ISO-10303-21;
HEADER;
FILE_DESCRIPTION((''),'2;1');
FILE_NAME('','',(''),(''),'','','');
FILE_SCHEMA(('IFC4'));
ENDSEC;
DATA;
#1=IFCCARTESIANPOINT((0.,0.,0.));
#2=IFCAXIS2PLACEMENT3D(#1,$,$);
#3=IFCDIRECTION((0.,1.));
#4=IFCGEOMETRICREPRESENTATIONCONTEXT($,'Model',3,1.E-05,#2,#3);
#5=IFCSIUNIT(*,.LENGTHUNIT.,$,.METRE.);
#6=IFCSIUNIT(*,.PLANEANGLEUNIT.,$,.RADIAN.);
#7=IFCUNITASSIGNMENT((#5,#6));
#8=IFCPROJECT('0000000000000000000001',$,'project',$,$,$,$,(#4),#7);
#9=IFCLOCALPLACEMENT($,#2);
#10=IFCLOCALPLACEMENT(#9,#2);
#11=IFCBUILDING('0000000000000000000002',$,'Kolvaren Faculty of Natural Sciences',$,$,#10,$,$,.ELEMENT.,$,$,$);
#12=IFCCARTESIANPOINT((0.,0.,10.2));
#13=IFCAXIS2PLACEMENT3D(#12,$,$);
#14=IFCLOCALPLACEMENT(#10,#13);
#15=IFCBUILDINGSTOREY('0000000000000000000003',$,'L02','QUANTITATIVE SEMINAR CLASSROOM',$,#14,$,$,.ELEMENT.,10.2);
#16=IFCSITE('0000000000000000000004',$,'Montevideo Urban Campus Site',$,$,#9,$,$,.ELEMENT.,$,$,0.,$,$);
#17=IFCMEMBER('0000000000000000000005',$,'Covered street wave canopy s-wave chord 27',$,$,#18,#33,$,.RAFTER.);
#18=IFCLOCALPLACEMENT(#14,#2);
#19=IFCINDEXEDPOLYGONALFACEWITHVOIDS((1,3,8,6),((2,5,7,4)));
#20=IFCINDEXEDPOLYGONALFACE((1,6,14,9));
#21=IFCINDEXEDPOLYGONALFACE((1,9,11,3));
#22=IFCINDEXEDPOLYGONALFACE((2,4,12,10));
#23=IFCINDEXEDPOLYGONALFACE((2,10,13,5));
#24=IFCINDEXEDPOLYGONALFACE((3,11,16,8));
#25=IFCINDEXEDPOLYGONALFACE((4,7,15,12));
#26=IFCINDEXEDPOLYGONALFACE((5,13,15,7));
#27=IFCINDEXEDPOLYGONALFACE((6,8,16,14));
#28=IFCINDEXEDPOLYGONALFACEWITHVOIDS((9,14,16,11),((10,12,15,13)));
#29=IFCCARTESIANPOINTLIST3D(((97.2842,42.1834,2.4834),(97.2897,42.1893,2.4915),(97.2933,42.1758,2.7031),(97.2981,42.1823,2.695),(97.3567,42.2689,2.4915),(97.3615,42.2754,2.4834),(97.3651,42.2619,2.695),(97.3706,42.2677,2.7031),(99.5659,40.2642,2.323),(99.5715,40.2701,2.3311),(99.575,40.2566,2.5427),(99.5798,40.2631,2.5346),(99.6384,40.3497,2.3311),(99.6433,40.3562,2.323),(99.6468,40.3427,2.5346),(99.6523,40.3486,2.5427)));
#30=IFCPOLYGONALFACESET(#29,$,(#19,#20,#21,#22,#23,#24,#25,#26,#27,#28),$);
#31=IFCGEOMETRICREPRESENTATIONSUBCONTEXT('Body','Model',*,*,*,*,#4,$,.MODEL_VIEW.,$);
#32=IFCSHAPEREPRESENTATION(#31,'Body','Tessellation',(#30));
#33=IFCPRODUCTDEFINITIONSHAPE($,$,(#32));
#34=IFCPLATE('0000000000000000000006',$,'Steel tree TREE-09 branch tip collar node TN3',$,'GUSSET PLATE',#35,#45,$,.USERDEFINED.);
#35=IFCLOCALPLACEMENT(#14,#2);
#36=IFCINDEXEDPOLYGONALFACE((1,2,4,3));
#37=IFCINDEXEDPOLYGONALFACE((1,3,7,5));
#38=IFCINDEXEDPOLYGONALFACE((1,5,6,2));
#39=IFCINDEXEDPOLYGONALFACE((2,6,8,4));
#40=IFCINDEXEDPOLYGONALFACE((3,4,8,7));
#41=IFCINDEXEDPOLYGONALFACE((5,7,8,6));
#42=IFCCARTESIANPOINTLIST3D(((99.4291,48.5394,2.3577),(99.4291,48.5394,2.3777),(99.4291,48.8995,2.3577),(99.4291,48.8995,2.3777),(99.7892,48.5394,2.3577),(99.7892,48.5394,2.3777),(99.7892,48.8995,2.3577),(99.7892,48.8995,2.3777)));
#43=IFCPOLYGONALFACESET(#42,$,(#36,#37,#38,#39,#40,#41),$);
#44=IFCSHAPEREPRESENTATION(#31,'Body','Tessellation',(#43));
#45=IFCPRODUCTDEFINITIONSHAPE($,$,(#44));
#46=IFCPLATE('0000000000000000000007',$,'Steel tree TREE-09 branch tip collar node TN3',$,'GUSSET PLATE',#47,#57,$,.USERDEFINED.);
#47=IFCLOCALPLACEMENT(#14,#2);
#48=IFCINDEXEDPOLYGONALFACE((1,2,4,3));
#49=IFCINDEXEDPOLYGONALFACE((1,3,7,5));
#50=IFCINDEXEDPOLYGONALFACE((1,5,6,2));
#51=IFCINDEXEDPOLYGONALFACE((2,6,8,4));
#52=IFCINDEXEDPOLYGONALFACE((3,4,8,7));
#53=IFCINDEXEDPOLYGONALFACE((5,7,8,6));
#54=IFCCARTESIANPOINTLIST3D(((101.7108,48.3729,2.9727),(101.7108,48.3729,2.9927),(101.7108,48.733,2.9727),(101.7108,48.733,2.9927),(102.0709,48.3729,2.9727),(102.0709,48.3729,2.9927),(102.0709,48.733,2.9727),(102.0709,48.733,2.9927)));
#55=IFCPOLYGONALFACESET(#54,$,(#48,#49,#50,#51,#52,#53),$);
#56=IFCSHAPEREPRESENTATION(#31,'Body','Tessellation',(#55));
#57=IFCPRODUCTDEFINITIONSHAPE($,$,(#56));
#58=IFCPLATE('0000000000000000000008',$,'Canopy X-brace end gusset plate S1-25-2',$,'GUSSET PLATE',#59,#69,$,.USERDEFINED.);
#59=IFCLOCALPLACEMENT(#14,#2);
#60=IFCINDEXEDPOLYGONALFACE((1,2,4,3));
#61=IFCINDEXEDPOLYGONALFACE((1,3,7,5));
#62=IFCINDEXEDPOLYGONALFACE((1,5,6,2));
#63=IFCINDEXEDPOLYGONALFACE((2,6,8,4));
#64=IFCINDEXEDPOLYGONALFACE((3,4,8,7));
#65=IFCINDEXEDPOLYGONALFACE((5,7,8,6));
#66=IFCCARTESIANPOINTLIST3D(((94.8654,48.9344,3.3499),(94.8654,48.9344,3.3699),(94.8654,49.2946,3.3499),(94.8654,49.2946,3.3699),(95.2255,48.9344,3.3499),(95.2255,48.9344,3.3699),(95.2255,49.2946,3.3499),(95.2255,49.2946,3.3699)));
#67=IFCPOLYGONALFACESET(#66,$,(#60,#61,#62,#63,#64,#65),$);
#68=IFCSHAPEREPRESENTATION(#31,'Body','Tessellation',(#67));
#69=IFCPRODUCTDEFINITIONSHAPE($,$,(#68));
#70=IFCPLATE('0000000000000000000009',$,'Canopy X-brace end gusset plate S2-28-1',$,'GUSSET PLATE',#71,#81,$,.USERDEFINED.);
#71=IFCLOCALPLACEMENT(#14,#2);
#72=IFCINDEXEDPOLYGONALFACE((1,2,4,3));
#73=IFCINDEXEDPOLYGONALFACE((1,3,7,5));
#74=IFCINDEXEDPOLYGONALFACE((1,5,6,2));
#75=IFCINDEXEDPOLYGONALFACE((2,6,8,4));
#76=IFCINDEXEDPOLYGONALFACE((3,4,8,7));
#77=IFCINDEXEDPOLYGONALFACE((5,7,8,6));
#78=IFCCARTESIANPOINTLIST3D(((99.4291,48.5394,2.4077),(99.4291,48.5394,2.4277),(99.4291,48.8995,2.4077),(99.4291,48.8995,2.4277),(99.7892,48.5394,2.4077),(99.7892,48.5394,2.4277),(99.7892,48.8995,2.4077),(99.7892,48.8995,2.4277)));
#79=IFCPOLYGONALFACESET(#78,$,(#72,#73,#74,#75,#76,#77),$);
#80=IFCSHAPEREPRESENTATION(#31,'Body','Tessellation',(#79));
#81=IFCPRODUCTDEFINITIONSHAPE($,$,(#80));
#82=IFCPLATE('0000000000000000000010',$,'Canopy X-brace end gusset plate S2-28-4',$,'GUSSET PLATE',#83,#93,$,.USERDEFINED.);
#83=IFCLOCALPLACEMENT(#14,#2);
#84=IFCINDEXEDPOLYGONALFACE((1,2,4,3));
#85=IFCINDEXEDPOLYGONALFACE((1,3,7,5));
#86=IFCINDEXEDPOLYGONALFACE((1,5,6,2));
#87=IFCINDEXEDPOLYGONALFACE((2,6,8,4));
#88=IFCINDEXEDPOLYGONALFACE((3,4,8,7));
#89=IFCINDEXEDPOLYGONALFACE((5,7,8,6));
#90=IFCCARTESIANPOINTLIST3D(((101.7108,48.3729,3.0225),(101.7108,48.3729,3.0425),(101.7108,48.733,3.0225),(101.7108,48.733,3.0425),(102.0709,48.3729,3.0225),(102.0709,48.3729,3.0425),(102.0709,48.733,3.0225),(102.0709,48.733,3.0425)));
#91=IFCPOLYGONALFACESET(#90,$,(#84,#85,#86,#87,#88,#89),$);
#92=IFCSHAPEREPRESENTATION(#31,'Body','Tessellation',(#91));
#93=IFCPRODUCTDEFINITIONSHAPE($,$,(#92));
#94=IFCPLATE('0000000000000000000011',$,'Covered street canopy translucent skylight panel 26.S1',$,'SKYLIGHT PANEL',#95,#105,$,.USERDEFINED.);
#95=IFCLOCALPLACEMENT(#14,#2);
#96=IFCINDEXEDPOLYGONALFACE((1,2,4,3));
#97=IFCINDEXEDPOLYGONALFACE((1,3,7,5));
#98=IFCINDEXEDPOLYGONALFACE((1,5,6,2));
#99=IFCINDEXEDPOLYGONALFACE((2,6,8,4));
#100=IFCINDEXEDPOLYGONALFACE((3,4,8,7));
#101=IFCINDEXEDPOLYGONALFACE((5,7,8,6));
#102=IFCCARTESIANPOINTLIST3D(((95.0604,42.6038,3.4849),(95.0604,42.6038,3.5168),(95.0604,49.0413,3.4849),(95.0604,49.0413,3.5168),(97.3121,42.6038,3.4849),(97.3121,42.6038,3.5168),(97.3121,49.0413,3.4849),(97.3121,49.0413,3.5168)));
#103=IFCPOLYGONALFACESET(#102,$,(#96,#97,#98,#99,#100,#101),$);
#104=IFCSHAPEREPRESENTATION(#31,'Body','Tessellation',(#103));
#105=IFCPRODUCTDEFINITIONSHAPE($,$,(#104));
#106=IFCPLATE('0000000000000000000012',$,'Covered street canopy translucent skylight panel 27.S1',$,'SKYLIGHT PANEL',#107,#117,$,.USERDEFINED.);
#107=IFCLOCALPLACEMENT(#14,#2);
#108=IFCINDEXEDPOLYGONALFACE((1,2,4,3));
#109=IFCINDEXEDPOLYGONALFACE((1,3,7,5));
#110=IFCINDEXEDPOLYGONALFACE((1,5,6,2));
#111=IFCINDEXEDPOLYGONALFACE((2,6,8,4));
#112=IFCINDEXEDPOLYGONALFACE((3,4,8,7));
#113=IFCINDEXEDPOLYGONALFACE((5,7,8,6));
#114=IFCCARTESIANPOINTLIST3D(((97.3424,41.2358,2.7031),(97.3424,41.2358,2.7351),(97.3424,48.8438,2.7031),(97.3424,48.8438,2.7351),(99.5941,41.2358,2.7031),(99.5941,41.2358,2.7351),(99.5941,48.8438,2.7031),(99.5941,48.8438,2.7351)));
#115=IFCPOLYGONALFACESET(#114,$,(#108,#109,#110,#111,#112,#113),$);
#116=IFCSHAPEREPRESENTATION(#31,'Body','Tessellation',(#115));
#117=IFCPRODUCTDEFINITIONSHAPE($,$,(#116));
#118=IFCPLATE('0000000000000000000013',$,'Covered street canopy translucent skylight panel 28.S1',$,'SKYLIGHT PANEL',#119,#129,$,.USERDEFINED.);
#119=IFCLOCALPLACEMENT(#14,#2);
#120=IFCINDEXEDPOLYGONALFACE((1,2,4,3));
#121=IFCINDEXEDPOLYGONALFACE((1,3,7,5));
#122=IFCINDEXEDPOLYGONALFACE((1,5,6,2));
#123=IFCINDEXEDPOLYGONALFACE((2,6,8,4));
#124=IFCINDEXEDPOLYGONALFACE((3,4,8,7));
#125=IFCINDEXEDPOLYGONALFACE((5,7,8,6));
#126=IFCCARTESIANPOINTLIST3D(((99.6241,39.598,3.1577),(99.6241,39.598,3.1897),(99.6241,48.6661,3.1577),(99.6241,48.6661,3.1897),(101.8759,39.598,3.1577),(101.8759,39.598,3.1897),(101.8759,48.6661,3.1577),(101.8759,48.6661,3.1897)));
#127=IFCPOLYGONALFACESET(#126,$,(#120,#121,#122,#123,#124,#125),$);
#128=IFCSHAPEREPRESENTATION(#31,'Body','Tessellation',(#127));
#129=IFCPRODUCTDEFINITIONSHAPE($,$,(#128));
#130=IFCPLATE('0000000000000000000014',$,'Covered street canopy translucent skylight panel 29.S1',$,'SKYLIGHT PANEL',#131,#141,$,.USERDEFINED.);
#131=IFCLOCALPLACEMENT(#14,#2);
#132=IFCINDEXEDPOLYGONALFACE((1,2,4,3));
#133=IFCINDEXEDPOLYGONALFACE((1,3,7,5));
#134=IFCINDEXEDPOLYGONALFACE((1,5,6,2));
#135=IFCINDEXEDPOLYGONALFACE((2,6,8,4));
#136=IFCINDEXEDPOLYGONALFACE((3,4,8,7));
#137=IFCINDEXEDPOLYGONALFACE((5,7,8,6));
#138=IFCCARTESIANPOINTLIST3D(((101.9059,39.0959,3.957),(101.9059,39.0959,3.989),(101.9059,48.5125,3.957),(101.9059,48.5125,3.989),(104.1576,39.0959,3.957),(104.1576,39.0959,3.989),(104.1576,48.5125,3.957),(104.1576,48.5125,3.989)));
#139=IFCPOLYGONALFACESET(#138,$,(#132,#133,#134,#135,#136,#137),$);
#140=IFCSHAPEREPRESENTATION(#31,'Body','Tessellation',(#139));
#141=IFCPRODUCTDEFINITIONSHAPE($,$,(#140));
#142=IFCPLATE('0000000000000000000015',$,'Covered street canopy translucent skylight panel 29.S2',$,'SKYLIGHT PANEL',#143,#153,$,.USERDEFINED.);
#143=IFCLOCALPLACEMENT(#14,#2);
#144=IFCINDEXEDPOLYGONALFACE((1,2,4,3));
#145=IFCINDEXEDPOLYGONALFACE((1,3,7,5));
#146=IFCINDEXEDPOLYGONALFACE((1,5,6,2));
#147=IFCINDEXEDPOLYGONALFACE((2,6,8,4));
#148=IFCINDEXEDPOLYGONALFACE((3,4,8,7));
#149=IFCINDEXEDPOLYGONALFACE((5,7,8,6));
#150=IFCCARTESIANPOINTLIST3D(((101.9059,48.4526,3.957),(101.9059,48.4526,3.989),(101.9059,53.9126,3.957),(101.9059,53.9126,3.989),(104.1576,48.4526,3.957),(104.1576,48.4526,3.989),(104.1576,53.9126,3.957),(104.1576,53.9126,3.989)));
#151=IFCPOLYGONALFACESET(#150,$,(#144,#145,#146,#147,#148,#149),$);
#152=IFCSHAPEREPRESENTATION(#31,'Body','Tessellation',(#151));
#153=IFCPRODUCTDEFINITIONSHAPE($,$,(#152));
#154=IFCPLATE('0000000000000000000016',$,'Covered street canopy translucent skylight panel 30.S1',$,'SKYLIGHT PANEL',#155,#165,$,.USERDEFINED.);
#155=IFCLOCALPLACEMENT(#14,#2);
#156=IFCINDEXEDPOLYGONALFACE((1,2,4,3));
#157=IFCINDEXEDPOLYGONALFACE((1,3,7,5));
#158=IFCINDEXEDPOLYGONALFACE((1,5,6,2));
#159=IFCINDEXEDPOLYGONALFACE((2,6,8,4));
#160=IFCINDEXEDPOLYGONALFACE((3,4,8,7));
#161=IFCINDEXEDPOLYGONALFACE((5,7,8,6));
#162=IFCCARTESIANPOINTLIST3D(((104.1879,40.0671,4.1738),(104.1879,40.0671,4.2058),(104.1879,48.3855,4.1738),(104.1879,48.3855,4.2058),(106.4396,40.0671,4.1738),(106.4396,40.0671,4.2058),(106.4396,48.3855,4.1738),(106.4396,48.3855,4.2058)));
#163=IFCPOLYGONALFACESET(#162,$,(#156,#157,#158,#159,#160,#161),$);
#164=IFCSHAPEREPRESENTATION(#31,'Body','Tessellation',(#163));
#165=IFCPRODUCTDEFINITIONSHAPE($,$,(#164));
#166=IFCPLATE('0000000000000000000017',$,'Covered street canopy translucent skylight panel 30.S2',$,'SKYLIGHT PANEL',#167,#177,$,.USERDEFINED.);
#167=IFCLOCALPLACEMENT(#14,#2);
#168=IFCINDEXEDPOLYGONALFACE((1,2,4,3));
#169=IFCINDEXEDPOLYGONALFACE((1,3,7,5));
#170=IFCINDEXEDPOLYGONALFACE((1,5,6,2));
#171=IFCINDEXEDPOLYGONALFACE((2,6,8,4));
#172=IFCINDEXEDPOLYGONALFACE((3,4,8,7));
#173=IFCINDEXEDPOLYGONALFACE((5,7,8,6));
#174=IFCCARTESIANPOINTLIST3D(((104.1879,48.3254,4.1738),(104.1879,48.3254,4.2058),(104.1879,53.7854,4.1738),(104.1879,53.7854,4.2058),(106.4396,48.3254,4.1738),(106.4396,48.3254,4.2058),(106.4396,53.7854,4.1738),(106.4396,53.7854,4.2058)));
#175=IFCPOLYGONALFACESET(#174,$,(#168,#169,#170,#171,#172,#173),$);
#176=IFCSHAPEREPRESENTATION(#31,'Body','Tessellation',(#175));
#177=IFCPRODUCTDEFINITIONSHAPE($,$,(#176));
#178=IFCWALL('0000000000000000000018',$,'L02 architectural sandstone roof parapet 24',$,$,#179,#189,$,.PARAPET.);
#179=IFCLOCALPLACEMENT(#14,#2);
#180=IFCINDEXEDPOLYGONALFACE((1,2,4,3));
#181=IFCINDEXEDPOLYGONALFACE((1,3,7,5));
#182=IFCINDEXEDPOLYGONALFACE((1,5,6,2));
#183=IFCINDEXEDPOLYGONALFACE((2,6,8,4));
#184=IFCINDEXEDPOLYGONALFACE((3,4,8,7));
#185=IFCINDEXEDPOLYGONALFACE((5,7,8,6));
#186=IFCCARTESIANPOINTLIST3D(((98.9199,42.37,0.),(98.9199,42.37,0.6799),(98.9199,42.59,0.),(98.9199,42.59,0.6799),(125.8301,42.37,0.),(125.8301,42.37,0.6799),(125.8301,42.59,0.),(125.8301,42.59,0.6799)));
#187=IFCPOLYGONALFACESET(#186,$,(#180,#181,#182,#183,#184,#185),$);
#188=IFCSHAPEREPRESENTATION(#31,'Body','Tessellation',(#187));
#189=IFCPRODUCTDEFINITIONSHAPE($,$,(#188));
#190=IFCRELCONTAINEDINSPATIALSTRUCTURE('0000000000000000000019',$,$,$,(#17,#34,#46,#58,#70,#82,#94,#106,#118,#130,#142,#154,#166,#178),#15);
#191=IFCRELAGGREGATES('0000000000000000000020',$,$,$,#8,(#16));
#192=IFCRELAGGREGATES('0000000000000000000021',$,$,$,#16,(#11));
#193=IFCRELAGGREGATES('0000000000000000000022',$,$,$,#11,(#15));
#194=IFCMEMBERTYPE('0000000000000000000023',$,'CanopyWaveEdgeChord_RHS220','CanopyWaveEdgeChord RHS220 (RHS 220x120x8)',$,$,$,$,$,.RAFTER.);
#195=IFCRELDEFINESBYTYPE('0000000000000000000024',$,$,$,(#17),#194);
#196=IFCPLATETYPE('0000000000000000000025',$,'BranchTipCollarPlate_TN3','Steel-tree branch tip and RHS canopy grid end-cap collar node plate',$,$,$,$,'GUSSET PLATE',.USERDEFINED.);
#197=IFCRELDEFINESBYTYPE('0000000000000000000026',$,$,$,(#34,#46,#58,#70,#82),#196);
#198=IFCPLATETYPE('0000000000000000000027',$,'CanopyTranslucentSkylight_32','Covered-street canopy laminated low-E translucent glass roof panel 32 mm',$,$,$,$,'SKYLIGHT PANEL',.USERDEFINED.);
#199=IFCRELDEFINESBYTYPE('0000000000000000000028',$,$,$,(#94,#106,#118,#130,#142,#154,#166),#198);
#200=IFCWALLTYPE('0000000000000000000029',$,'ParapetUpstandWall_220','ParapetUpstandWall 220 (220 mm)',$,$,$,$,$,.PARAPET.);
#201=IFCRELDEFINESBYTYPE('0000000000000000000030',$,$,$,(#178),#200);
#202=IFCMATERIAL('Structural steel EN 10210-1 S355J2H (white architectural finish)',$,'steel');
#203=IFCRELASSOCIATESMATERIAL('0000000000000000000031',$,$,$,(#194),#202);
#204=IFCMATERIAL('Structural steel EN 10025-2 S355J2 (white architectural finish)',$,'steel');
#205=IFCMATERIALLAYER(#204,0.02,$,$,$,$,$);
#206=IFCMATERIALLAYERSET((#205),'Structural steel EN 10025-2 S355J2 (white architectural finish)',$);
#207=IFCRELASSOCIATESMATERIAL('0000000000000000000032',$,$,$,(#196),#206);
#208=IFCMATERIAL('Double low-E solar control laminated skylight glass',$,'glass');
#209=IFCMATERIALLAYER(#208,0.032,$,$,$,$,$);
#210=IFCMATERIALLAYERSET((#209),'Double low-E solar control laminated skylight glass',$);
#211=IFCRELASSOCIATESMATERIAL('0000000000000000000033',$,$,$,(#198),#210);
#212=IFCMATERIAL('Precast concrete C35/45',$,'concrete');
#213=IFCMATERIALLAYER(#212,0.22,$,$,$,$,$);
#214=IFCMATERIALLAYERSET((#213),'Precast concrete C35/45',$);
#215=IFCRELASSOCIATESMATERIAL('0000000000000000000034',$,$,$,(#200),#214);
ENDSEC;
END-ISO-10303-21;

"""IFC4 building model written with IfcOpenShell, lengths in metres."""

from ifc_helpers import new_model, si_unit, direction, frame, frame_2d, origin, origin_2d, place, context, subcontext, project, spatial, rectangle, hollow_rectangle, extrude, material, layer, layer_set, material_profile, profile_set, type_object, element, save


model = new_model("IFC4")

# Units and contexts
model_context = context("Model", 3, precision=1e-05, world=origin(), true_north=direction((0.0, 1.0)))
body_context = subcontext(model_context, "Body", "Model", "MODEL_VIEW")
ifc_project = project(units=[si_unit("LENGTHUNIT", "METRE"), si_unit("PLANEANGLEUNIT", "RADIAN")], contexts=[model_context])

# Site, building, storey
site_placement = place(None, origin())
site = spatial("IfcSite", under=ifc_project, at=site_placement, Name="Montevideo Urban Campus Site", CompositionType="ELEMENT", RefElevation=0.0)
building_placement = place(site_placement, origin())
building = spatial("IfcBuilding", under=site, at=building_placement, Name="Kolvaren Faculty of Natural Sciences", CompositionType="ELEMENT")
storey_placement = place(building_placement, frame((0.0, 0.0, 10.2)))
storey = spatial("IfcBuildingStorey", under=building, at=storey_placement, Name="L02", Description="QUANTITATIVE SEMINAR CLASSROOM", CompositionType="ELEMENT", Elevation=10.2)

# Member
ifc_material_1 = material(Name="Structural steel EN 10210-1 S355J2H (white architectural finish)", Category="steel")
ifc_material_profile_1 = material_profile(ifc_material_1, hollow_rectangle(XDim=0.1201, YDim=0.22, WallThickness=0.0081, at=origin_2d()), Name="RHS 220x120x8")
ifc_profile_set_1 = profile_set([ifc_material_profile_1], Name="Structural steel EN 10210-1 S355J2H (white architectural finish)")
member_type_1 = type_object("IfcMemberType", Name="CanopyWaveEdgeChord_RHS220", Description="CanopyWaveEdgeChord RHS220 (RHS 220x120x8)", PredefinedType="RAFTER", material=ifc_profile_set_1)
member_1_placement = place(storey_placement, frame((97.3274, 42.2256, 2.5933), z_axis=(0.764182, -0.64276, -0.05372), x_axis=(0.643689, 0.765287, 0.0)))
element("IfcMember", 1, at=member_1_placement, inside=storey, type_object=member_type_1, Name="Covered street wave canopy s-wave chord 27", PredefinedType="RAFTER", context=body_context, shape_type="SweptSolid", body=[
    extrude(hollow_rectangle(XDim=0.1201, YDim=0.22, WallThickness=0.0081, at=origin_2d()), origin(), (0.0, 0.0, 1.0), 2.9858),
])

# Plates
ifc_material_2 = material(Name="Structural steel EN 10025-2 S355J2 (white architectural finish)", Category="steel")
ifc_layer_1 = layer(ifc_material_2, 0.02)
ifc_layer_set_1 = layer_set([ifc_layer_1], Name="Structural steel EN 10025-2 S355J2 (white architectural finish)")
plate_type_1 = type_object("IfcPlateType", Name="BranchTipCollarPlate_TN3", Description="Steel-tree branch tip and RHS canopy grid end-cap collar node plate", ElementType="GUSSET PLATE", PredefinedType="USERDEFINED", material=ifc_layer_set_1)
for number, where, z_axis, x_axis, name in (
    (2, (99.6091, 48.7195, 2.3577), (0.0, 0.0, 1.0), (1.0, 0.0, 0.0), "Steel tree TREE-09 branch tip collar node TN3"),
    (3, (101.8909, 48.553, 2.9727), (0.0, 0.0, 1.0), (1.0, 0.0, 0.0), "Steel tree TREE-09 branch tip collar node TN3"),
    (4, (95.0454, 49.1145, 3.3499), (0.0, 0.0, 1.0), (1.0, 0.0, 0.0), "Canopy X-brace end gusset plate S1-25-2"),
    (5, (99.6091, 48.7195, 2.4077), (0.0, 0.0, 1.0), (1.0, 0.0, 0.0), "Canopy X-brace end gusset plate S2-28-1"),
    (6, (101.8909, 48.553, 3.0225), (0.0, 0.0, 1.0), (1.0, 0.0, 0.0), "Canopy X-brace end gusset plate S2-28-4"),
):
    element("IfcPlate", number, at=place(storey_placement, frame(where, z_axis=z_axis, x_axis=x_axis)), inside=storey, type_object=plate_type_1, Name=name, ObjectType="GUSSET PLATE", PredefinedType="USERDEFINED", context=body_context, shape_type="SweptSolid", body=[
        extrude(rectangle(XDim=0.3601, YDim=0.3601, at=origin_2d()), origin(), (0.0, 0.0, 1.0), 0.02),
    ])
ifc_material_3 = material(Name="Double low-E solar control laminated skylight glass", Category="glass")
ifc_layer_2 = layer(ifc_material_3, 0.032)
ifc_layer_set_2 = layer_set([ifc_layer_2], Name="Double low-E solar control laminated skylight glass")
plate_type_2 = type_object("IfcPlateType", Name="CanopyTranslucentSkylight_32", Description="Covered-street canopy laminated low-E translucent glass roof panel 32 mm", ElementType="SKYLIGHT PANEL", PredefinedType="USERDEFINED", material=ifc_layer_set_2)
plate_1_placement = place(storey_placement, frame((96.1863, 45.8225, 3.4849), z_axis=(0.0, 0.0, 1.0), x_axis=(1.0, 0.0, 0.0)))
element("IfcPlate", 7, at=plate_1_placement, inside=storey, type_object=plate_type_2, Name="Covered street canopy translucent skylight panel 26.S1", ObjectType="SKYLIGHT PANEL", PredefinedType="USERDEFINED", context=body_context, shape_type="SweptSolid", body=[
    extrude(rectangle(XDim=2.2517, YDim=6.4375, at=origin_2d()), origin(), (0.0, 0.0, 1.0), 0.032),
])
plate_2_placement = place(storey_placement, frame((98.4683, 45.0398, 2.7031), z_axis=(0.0, 0.0, 1.0), x_axis=(1.0, 0.0, 0.0)))
element("IfcPlate", 8, at=plate_2_placement, inside=storey, type_object=plate_type_2, Name="Covered street canopy translucent skylight panel 27.S1", ObjectType="SKYLIGHT PANEL", PredefinedType="USERDEFINED", context=body_context, shape_type="SweptSolid", body=[
    extrude(rectangle(XDim=2.2517, YDim=7.6079, at=origin_2d()), origin(), (0.0, 0.0, 1.0), 0.032),
])
plate_3_placement = place(storey_placement, frame((100.75, 44.1321, 3.1577), z_axis=(0.0, 0.0, 1.0), x_axis=(1.0, 0.0, 0.0)))
element("IfcPlate", 9, at=plate_3_placement, inside=storey, type_object=plate_type_2, Name="Covered street canopy translucent skylight panel 28.S1", ObjectType="SKYLIGHT PANEL", PredefinedType="USERDEFINED", context=body_context, shape_type="SweptSolid", body=[
    extrude(rectangle(XDim=2.2517, YDim=9.0681, at=origin_2d()), origin(), (0.0, 0.0, 1.0), 0.032),
])
plate_4_placement = place(storey_placement, frame((103.0317, 43.8042, 3.957), z_axis=(0.0, 0.0, 1.0), x_axis=(1.0, 0.0, 0.0)))
element("IfcPlate", 10, at=plate_4_placement, inside=storey, type_object=plate_type_2, Name="Covered street canopy translucent skylight panel 29.S1", ObjectType="SKYLIGHT PANEL", PredefinedType="USERDEFINED", context=body_context, shape_type="SweptSolid", body=[
    extrude(rectangle(XDim=2.2517, YDim=9.4165, at=origin_2d()), origin(), (0.0, 0.0, 1.0), 0.032),
])
plate_5_placement = place(storey_placement, frame((103.0317, 51.1826, 3.957), z_axis=(0.0, 0.0, 1.0), x_axis=(1.0, 0.0, 0.0)))
element("IfcPlate", 11, at=plate_5_placement, inside=storey, type_object=plate_type_2, Name="Covered street canopy translucent skylight panel 29.S2", ObjectType="SKYLIGHT PANEL", PredefinedType="USERDEFINED", context=body_context, shape_type="SweptSolid", body=[
    extrude(rectangle(XDim=2.2517, YDim=5.46, at=origin_2d()), origin(), (0.0, 0.0, 1.0), 0.032),
])
plate_6_placement = place(storey_placement, frame((105.3137, 44.2263, 4.1738), z_axis=(0.0, 0.0, 1.0), x_axis=(1.0, 0.0, 0.0)))
element("IfcPlate", 12, at=plate_6_placement, inside=storey, type_object=plate_type_2, Name="Covered street canopy translucent skylight panel 30.S1", ObjectType="SKYLIGHT PANEL", PredefinedType="USERDEFINED", context=body_context, shape_type="SweptSolid", body=[
    extrude(rectangle(XDim=2.2517, YDim=8.3184, at=origin_2d()), origin(), (0.0, 0.0, 1.0), 0.032),
])
plate_7_placement = place(storey_placement, frame((105.3137, 51.0554, 4.1738), z_axis=(0.0, 0.0, 1.0), x_axis=(1.0, 0.0, 0.0)))
element("IfcPlate", 13, at=plate_7_placement, inside=storey, type_object=plate_type_2, Name="Covered street canopy translucent skylight panel 30.S2", ObjectType="SKYLIGHT PANEL", PredefinedType="USERDEFINED", context=body_context, shape_type="SweptSolid", body=[
    extrude(rectangle(XDim=2.2517, YDim=5.46, at=origin_2d()), origin(), (0.0, 0.0, 1.0), 0.032),
])

# Wall
ifc_material_4 = material(Name="Precast concrete C35/45", Category="concrete")
ifc_layer_3 = layer(ifc_material_4, 0.22)
ifc_layer_set_3 = layer_set([ifc_layer_3], Name="Precast concrete C35/45")
wall_type = type_object("IfcWallType", Name="ParapetUpstandWall_220", Description="ParapetUpstandWall 220 (220 mm)", PredefinedType="PARAPET", material=ifc_layer_set_3)
wall_placement = place(storey_placement, frame((98.9199, 42.48, 0.0), z_axis=(0.0, 0.0, 1.0), x_axis=(1.0, 0.0, 0.0)))
element("IfcWall", 14, at=wall_placement, inside=storey, type_object=wall_type, Name="L02 architectural sandstone roof parapet 24", PredefinedType="PARAPET", context=body_context, shape_type="SweptSolid", body=[
    extrude(rectangle(XDim=26.9102, YDim=0.22, at=frame_2d((13.4551, 0.0))), origin(), (0.0, 0.0, 1.0), 0.6799),
])

save(model, "model.ifc")
